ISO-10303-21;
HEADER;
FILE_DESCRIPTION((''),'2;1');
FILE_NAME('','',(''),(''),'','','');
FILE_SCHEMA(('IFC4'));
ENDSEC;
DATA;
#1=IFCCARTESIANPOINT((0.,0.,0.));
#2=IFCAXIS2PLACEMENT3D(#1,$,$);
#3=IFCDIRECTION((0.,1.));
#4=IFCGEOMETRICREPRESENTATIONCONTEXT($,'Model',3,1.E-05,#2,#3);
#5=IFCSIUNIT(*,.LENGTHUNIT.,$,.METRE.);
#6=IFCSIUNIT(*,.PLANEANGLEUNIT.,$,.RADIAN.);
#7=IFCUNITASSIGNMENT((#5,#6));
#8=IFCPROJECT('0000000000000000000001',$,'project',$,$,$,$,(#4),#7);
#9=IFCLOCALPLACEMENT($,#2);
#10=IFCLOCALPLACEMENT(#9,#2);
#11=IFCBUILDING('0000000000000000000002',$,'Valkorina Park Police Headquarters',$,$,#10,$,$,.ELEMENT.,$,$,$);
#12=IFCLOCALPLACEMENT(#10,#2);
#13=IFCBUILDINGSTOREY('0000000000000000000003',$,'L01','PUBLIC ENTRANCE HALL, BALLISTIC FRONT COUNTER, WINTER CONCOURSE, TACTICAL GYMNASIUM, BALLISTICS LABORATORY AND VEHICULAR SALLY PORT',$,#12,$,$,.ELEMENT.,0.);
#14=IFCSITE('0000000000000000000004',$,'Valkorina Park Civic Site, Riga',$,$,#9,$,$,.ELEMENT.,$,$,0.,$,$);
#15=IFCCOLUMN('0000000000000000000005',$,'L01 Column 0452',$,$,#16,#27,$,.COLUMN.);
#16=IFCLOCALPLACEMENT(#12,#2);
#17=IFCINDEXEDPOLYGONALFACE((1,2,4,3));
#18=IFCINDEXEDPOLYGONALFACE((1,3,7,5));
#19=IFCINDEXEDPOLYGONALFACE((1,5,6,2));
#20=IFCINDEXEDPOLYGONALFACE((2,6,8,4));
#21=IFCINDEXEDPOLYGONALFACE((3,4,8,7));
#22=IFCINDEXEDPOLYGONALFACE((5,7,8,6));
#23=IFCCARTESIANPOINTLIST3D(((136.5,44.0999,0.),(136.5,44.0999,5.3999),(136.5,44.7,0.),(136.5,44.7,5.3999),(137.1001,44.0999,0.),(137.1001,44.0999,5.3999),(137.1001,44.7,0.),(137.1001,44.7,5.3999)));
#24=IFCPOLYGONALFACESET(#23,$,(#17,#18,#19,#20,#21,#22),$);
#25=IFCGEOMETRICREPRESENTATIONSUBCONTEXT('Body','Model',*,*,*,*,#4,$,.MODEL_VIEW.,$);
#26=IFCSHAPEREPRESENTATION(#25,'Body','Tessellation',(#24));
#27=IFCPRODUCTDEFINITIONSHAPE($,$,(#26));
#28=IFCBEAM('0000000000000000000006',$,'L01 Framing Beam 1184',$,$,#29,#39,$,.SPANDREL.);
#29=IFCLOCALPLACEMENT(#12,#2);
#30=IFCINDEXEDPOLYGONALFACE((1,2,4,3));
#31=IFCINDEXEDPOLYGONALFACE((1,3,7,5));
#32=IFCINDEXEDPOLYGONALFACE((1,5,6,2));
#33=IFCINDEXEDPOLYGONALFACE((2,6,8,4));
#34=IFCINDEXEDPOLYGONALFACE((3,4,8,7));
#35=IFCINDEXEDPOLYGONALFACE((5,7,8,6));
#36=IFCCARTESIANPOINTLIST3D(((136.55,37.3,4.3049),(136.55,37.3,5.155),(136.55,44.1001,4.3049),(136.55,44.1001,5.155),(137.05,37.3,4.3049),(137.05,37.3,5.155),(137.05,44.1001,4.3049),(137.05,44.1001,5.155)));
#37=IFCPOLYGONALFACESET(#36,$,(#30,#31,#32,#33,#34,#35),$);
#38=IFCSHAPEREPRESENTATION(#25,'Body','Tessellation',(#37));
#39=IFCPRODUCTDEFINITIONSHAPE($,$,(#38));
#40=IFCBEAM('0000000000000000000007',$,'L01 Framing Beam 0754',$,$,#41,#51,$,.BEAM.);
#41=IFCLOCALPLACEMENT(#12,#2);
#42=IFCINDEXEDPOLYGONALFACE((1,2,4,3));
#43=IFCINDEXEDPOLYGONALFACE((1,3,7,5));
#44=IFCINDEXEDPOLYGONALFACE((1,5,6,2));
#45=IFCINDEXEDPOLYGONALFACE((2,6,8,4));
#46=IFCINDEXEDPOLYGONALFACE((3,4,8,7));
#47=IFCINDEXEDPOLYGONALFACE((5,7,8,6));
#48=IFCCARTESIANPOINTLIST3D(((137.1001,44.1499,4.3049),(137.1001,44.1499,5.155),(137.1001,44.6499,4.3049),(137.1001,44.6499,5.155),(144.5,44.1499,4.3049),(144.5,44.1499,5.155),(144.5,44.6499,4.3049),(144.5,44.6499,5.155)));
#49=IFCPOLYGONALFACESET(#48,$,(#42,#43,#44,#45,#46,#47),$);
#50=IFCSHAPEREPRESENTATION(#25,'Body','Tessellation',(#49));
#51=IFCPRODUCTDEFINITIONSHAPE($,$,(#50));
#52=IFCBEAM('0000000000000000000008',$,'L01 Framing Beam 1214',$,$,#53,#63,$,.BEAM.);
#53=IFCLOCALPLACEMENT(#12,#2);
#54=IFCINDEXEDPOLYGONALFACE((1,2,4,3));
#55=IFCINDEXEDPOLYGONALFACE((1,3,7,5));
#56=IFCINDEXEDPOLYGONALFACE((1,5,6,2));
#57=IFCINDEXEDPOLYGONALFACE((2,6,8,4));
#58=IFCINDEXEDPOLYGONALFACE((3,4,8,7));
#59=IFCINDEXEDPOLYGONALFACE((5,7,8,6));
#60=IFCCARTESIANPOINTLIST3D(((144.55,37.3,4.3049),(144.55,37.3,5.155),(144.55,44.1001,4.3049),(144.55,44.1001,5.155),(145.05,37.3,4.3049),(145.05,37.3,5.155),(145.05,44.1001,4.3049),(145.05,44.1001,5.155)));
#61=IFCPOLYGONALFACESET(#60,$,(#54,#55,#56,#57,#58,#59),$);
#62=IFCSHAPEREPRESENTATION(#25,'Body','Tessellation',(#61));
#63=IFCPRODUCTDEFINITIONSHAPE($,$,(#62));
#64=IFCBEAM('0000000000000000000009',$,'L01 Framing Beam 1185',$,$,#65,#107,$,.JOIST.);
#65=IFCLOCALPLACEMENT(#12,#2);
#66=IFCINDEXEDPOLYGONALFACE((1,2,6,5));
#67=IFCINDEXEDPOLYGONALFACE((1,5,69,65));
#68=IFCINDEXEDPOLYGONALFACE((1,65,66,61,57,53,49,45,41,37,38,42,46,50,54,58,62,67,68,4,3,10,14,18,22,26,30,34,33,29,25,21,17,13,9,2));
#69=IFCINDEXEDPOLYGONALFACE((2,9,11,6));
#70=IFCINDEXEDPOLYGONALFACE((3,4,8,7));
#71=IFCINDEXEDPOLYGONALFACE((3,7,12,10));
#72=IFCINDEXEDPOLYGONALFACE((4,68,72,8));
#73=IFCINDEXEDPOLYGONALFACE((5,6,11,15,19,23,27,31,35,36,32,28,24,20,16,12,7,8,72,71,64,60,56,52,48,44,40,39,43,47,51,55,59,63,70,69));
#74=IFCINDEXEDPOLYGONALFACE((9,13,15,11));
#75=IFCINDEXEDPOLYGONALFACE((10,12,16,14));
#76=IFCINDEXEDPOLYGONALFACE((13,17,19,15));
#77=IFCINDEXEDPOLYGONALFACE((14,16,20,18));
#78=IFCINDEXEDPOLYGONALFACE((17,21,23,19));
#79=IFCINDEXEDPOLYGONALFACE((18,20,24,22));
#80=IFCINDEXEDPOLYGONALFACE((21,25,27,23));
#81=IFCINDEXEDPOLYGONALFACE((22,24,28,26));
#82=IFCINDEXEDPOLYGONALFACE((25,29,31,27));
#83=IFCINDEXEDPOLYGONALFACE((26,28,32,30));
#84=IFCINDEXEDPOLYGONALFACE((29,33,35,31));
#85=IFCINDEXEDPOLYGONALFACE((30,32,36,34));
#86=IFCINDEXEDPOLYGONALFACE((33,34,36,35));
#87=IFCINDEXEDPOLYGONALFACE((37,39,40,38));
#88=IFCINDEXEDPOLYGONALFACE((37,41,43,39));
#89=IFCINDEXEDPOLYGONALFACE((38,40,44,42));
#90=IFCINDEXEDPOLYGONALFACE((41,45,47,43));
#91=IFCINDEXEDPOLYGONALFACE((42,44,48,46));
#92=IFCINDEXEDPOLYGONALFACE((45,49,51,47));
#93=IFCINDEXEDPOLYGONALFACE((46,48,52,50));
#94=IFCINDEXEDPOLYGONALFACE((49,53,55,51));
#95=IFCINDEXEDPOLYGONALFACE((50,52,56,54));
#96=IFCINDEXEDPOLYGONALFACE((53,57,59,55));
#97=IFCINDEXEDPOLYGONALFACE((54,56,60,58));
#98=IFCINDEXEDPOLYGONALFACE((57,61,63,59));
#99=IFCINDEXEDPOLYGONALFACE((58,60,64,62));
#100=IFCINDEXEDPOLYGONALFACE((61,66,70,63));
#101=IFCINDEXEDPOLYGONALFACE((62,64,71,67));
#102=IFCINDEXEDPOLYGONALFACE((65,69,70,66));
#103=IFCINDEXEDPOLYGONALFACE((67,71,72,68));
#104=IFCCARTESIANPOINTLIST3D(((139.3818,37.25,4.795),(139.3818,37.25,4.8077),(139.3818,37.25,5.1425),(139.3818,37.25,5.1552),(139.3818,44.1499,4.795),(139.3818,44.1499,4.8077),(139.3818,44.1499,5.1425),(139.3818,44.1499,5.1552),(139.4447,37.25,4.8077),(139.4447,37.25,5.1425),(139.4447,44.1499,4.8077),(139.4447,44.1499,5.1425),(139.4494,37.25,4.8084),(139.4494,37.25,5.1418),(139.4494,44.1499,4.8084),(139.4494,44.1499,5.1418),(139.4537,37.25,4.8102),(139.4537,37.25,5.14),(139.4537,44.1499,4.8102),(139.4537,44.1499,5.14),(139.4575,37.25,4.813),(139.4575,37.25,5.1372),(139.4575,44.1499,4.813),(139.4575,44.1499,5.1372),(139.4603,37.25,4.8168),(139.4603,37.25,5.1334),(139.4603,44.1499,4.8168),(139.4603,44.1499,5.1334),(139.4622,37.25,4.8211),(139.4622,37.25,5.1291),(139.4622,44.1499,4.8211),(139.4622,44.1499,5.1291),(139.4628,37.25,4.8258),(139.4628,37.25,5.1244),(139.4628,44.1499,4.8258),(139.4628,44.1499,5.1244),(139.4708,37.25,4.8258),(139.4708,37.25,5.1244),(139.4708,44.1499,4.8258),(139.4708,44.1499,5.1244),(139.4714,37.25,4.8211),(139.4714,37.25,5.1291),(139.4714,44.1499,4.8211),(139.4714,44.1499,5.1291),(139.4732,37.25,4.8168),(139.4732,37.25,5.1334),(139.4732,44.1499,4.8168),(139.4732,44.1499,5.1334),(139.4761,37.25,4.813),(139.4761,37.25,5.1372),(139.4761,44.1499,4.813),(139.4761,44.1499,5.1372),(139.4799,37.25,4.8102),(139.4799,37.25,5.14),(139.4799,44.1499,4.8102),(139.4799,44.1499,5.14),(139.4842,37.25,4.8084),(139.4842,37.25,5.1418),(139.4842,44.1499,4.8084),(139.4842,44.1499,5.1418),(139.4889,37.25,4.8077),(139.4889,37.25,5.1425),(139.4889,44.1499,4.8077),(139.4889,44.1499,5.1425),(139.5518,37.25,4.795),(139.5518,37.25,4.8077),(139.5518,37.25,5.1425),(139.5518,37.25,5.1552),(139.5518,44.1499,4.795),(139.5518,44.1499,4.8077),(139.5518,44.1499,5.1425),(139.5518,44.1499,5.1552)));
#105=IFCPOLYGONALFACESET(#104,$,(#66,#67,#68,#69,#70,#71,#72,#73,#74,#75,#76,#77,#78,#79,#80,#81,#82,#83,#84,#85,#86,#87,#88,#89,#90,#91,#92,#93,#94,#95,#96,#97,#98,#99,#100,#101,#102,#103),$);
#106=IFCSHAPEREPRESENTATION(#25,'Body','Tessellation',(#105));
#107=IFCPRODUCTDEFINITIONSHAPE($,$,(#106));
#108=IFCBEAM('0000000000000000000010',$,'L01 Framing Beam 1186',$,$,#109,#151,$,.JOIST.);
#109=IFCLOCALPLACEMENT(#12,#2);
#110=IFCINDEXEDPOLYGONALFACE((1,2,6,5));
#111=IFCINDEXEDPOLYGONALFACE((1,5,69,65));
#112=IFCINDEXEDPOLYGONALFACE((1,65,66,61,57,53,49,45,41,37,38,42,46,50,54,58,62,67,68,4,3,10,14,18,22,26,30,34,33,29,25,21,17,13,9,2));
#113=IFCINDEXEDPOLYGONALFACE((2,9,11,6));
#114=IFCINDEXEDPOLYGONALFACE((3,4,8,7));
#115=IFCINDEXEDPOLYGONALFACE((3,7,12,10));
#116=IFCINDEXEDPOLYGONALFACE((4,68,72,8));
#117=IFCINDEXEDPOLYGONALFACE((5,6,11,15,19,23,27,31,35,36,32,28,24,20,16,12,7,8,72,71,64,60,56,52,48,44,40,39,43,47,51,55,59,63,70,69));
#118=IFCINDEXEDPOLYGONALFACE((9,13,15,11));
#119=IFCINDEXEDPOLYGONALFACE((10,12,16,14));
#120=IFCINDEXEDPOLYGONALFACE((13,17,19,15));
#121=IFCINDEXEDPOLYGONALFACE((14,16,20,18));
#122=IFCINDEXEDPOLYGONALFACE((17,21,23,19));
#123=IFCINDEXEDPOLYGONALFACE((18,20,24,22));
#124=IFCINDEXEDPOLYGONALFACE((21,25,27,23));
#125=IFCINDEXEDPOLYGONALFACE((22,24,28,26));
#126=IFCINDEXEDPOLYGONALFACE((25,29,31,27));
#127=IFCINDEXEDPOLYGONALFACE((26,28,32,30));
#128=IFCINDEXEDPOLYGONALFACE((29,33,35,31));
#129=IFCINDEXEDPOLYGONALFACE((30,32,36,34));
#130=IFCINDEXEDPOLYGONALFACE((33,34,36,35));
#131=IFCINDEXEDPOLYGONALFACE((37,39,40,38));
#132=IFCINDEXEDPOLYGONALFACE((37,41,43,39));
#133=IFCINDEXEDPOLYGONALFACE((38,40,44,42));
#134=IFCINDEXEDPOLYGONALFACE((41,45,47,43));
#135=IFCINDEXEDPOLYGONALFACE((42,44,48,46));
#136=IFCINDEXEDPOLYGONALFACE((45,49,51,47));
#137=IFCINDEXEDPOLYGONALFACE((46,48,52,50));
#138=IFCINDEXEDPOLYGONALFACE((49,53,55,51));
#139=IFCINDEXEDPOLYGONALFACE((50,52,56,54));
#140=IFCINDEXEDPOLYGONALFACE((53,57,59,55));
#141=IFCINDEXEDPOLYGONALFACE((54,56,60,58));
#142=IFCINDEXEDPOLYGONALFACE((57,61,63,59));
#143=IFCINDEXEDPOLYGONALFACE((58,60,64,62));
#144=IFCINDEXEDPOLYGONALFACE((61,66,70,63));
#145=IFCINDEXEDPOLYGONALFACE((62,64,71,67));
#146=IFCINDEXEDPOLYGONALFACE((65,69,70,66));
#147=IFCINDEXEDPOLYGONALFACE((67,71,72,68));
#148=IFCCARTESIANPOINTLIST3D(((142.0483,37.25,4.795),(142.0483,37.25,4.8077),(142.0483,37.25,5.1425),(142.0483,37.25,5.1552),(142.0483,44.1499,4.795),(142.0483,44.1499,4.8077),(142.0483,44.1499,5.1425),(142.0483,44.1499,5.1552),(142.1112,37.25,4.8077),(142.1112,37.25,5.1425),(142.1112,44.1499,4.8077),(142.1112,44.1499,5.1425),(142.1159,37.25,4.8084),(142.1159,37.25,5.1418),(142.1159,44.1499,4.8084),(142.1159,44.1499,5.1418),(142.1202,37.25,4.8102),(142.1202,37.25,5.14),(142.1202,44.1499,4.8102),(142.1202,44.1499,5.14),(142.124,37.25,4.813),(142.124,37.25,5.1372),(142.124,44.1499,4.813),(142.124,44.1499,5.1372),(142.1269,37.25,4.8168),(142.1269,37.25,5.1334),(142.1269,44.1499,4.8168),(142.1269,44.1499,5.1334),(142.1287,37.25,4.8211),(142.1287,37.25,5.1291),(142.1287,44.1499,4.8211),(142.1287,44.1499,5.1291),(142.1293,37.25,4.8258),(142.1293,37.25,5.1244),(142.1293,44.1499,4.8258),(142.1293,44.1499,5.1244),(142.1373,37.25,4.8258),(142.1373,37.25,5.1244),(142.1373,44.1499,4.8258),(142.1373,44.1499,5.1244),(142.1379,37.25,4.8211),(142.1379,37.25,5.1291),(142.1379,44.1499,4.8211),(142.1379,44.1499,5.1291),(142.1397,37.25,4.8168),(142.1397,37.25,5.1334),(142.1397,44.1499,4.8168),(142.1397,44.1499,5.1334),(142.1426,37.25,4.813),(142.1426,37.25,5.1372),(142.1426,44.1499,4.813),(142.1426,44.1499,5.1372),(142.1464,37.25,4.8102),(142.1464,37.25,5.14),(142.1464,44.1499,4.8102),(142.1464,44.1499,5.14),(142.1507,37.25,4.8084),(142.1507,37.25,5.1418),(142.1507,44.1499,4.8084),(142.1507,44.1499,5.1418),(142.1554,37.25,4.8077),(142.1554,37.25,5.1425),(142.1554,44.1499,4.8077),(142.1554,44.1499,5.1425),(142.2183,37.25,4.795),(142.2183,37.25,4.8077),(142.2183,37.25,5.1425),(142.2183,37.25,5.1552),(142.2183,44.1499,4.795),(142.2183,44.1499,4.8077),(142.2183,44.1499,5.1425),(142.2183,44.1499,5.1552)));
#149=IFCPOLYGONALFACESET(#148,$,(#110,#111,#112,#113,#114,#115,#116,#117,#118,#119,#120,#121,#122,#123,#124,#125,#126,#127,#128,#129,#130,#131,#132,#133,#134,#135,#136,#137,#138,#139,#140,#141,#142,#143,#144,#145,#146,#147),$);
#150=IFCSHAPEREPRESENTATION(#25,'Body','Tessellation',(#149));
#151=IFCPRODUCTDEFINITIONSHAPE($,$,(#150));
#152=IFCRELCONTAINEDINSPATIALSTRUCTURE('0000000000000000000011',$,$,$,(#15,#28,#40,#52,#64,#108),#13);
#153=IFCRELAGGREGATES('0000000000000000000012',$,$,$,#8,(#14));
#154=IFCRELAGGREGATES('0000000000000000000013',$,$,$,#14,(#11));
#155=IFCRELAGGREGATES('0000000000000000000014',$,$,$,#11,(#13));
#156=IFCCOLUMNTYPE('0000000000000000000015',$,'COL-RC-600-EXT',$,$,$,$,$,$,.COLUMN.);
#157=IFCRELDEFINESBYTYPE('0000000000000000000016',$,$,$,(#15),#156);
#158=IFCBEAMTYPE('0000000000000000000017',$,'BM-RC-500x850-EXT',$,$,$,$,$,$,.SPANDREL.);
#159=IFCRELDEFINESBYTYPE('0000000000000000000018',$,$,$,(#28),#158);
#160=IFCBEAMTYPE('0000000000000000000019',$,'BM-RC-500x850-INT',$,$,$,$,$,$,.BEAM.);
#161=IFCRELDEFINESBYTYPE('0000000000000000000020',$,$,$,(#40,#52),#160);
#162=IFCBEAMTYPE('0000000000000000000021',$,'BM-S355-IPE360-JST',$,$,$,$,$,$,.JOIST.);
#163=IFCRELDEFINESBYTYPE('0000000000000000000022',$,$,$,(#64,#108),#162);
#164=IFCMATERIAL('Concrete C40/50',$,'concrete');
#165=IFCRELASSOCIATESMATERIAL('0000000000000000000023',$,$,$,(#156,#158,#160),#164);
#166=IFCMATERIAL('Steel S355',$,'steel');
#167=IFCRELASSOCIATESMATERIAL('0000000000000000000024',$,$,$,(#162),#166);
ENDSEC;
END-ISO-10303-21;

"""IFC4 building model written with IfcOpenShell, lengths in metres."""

from ifc_helpers import new_model, si_unit, direction, frame, origin, origin_2d, place, context, subcontext, project, spatial, rectangle, i_section, extrude, material, material_profile, profile_set, type_object, element, save


model = new_model("IFC4")

# Units and contexts
model_context = context("Model", 3, precision=1e-05, world=origin(), true_north=direction((0.0, 1.0)))
body_context = subcontext(model_context, "Body", "Model", "MODEL_VIEW")
ifc_project = project(units=[si_unit("LENGTHUNIT", "METRE"), si_unit("PLANEANGLEUNIT", "RADIAN")], contexts=[model_context])

# Site, building, storey
site_placement = place(None, origin())
site = spatial("IfcSite", under=ifc_project, at=site_placement, Name="Valkorina Park Civic Site, Riga", CompositionType="ELEMENT", RefElevation=0.0)
building_placement = place(site_placement, origin())
building = spatial("IfcBuilding", under=site, at=building_placement, Name="Valkorina Park Police Headquarters", CompositionType="ELEMENT")
storey_placement = place(building_placement, origin())
storey = spatial("IfcBuildingStorey", under=building, at=storey_placement, Name="L01", Description="PUBLIC ENTRANCE HALL, BALLISTIC FRONT COUNTER, WINTER CONCOURSE, TACTICAL GYMNASIUM, BALLISTICS LABORATORY AND VEHICULAR SALLY PORT", CompositionType="ELEMENT", Elevation=0.0)

# Column
ifc_material_1 = material(Name="Concrete C40/50", Category="concrete")
ifc_material_profile_1 = material_profile(ifc_material_1, rectangle(XDim=0.6001, YDim=0.6001, at=origin_2d()), Name="RC COL 600x600")
ifc_profile_set_1 = profile_set([ifc_material_profile_1], Name="Concrete C40/50")
column_type = type_object("IfcColumnType", Name="COL-RC-600-EXT", PredefinedType="COLUMN", material=ifc_profile_set_1)
column_placement = place(storey_placement, frame((136.8, 44.3999, 0.0), z_axis=(0.0, 0.0, 1.0), x_axis=(1.0, 0.0, 0.0)))
element("IfcColumn", 1, at=column_placement, inside=storey, type_object=column_type, Name="L01 Column 0452", PredefinedType="COLUMN", context=body_context, shape_type="SweptSolid", body=[
    extrude(rectangle(XDim=0.6001, YDim=0.6001, at=origin_2d()), origin(), (0.0, 0.0, 1.0), 5.3999),
])

# Beams
ifc_material_profile_2 = material_profile(ifc_material_1, rectangle(XDim=0.5, YDim=0.8501, at=origin_2d()), Name="RC BEAM 500x850")
ifc_profile_set_2 = profile_set([ifc_material_profile_2], Name="Concrete C40/50")
beam_type_1 = type_object("IfcBeamType", Name="BM-RC-500x850-EXT", PredefinedType="SPANDREL", material=ifc_profile_set_2)
beam_1_placement = place(storey_placement, frame((136.8, 37.3, 4.73), z_axis=(0.0, 1.0, 0.0), x_axis=(-1.0, 0.0, 0.0)))
element("IfcBeam", 2, at=beam_1_placement, inside=storey, type_object=beam_type_1, Name="L01 Framing Beam 1184", PredefinedType="SPANDREL", context=body_context, shape_type="SweptSolid", body=[
    extrude(rectangle(XDim=0.5, YDim=0.8501, at=origin_2d()), origin(), (0.0, 0.0, 1.0), 6.8),
])
ifc_material_profile_3 = material_profile(ifc_material_1, rectangle(XDim=0.5, YDim=0.8501, at=origin_2d()), Name="RC BEAM 500x850")
ifc_profile_set_3 = profile_set([ifc_material_profile_3], Name="Concrete C40/50")
beam_type_2 = type_object("IfcBeamType", Name="BM-RC-500x850-INT", PredefinedType="BEAM", material=ifc_profile_set_3)
beam_2_placement = place(storey_placement, frame((137.1001, 44.3999, 4.73), z_axis=(1.0, 0.0, 0.0), x_axis=(0.0, 1.0, 0.0)))
element("IfcBeam", 3, at=beam_2_placement, inside=storey, type_object=beam_type_2, Name="L01 Framing Beam 0754", PredefinedType="BEAM", context=body_context, shape_type="SweptSolid", body=[
    extrude(rectangle(XDim=0.5, YDim=0.8501, at=origin_2d()), origin(), (0.0, 0.0, 1.0), 7.3999),
])
beam_3_placement = place(storey_placement, frame((144.8, 37.3, 4.73), z_axis=(0.0, 1.0, 0.0), x_axis=(-1.0, 0.0, 0.0)))
element("IfcBeam", 4, at=beam_3_placement, inside=storey, type_object=beam_type_2, Name="L01 Framing Beam 1214", PredefinedType="BEAM", context=body_context, shape_type="SweptSolid", body=[
    extrude(rectangle(XDim=0.5, YDim=0.8501, at=origin_2d()), origin(), (0.0, 0.0, 1.0), 6.8),
])
ifc_material_2 = material(Name="Steel S355", Category="steel")
ifc_material_profile_4 = material_profile(ifc_material_2, i_section(OverallWidth=0.1699, OverallDepth=0.3601, WebThickness=0.0081, FlangeThickness=0.0127, FilletRadius=0.0181, at=origin_2d()), Name="IPE 360")
ifc_profile_set_4 = profile_set([ifc_material_profile_4], Name="Steel S355")
beam_type_3 = type_object("IfcBeamType", Name="BM-S355-IPE360-JST", PredefinedType="JOIST", material=ifc_profile_set_4)
for number, where, z_axis, x_axis, name in (
    (5, (139.4668, 37.25, 4.9751), (0.0, 1.0, 0.0), (-1.0, 0.0, 0.0), "L01 Framing Beam 1185"),
    (6, (142.1333, 37.25, 4.9751), (0.0, 1.0, 0.0), (-1.0, 0.0, 0.0), "L01 Framing Beam 1186"),
):
    element("IfcBeam", number, at=place(storey_placement, frame(where, z_axis=z_axis, x_axis=x_axis)), inside=storey, type_object=beam_type_3, Name=name, PredefinedType="JOIST", context=body_context, shape_type="SweptSolid", body=[
        extrude(i_section(OverallWidth=0.1699, OverallDepth=0.3601, WebThickness=0.0081, FlangeThickness=0.0127, FilletRadius=0.0181, at=origin_2d()), origin(), (0.0, 0.0, 1.0), 6.8999),
    ])

save(model, "model.ifc")
